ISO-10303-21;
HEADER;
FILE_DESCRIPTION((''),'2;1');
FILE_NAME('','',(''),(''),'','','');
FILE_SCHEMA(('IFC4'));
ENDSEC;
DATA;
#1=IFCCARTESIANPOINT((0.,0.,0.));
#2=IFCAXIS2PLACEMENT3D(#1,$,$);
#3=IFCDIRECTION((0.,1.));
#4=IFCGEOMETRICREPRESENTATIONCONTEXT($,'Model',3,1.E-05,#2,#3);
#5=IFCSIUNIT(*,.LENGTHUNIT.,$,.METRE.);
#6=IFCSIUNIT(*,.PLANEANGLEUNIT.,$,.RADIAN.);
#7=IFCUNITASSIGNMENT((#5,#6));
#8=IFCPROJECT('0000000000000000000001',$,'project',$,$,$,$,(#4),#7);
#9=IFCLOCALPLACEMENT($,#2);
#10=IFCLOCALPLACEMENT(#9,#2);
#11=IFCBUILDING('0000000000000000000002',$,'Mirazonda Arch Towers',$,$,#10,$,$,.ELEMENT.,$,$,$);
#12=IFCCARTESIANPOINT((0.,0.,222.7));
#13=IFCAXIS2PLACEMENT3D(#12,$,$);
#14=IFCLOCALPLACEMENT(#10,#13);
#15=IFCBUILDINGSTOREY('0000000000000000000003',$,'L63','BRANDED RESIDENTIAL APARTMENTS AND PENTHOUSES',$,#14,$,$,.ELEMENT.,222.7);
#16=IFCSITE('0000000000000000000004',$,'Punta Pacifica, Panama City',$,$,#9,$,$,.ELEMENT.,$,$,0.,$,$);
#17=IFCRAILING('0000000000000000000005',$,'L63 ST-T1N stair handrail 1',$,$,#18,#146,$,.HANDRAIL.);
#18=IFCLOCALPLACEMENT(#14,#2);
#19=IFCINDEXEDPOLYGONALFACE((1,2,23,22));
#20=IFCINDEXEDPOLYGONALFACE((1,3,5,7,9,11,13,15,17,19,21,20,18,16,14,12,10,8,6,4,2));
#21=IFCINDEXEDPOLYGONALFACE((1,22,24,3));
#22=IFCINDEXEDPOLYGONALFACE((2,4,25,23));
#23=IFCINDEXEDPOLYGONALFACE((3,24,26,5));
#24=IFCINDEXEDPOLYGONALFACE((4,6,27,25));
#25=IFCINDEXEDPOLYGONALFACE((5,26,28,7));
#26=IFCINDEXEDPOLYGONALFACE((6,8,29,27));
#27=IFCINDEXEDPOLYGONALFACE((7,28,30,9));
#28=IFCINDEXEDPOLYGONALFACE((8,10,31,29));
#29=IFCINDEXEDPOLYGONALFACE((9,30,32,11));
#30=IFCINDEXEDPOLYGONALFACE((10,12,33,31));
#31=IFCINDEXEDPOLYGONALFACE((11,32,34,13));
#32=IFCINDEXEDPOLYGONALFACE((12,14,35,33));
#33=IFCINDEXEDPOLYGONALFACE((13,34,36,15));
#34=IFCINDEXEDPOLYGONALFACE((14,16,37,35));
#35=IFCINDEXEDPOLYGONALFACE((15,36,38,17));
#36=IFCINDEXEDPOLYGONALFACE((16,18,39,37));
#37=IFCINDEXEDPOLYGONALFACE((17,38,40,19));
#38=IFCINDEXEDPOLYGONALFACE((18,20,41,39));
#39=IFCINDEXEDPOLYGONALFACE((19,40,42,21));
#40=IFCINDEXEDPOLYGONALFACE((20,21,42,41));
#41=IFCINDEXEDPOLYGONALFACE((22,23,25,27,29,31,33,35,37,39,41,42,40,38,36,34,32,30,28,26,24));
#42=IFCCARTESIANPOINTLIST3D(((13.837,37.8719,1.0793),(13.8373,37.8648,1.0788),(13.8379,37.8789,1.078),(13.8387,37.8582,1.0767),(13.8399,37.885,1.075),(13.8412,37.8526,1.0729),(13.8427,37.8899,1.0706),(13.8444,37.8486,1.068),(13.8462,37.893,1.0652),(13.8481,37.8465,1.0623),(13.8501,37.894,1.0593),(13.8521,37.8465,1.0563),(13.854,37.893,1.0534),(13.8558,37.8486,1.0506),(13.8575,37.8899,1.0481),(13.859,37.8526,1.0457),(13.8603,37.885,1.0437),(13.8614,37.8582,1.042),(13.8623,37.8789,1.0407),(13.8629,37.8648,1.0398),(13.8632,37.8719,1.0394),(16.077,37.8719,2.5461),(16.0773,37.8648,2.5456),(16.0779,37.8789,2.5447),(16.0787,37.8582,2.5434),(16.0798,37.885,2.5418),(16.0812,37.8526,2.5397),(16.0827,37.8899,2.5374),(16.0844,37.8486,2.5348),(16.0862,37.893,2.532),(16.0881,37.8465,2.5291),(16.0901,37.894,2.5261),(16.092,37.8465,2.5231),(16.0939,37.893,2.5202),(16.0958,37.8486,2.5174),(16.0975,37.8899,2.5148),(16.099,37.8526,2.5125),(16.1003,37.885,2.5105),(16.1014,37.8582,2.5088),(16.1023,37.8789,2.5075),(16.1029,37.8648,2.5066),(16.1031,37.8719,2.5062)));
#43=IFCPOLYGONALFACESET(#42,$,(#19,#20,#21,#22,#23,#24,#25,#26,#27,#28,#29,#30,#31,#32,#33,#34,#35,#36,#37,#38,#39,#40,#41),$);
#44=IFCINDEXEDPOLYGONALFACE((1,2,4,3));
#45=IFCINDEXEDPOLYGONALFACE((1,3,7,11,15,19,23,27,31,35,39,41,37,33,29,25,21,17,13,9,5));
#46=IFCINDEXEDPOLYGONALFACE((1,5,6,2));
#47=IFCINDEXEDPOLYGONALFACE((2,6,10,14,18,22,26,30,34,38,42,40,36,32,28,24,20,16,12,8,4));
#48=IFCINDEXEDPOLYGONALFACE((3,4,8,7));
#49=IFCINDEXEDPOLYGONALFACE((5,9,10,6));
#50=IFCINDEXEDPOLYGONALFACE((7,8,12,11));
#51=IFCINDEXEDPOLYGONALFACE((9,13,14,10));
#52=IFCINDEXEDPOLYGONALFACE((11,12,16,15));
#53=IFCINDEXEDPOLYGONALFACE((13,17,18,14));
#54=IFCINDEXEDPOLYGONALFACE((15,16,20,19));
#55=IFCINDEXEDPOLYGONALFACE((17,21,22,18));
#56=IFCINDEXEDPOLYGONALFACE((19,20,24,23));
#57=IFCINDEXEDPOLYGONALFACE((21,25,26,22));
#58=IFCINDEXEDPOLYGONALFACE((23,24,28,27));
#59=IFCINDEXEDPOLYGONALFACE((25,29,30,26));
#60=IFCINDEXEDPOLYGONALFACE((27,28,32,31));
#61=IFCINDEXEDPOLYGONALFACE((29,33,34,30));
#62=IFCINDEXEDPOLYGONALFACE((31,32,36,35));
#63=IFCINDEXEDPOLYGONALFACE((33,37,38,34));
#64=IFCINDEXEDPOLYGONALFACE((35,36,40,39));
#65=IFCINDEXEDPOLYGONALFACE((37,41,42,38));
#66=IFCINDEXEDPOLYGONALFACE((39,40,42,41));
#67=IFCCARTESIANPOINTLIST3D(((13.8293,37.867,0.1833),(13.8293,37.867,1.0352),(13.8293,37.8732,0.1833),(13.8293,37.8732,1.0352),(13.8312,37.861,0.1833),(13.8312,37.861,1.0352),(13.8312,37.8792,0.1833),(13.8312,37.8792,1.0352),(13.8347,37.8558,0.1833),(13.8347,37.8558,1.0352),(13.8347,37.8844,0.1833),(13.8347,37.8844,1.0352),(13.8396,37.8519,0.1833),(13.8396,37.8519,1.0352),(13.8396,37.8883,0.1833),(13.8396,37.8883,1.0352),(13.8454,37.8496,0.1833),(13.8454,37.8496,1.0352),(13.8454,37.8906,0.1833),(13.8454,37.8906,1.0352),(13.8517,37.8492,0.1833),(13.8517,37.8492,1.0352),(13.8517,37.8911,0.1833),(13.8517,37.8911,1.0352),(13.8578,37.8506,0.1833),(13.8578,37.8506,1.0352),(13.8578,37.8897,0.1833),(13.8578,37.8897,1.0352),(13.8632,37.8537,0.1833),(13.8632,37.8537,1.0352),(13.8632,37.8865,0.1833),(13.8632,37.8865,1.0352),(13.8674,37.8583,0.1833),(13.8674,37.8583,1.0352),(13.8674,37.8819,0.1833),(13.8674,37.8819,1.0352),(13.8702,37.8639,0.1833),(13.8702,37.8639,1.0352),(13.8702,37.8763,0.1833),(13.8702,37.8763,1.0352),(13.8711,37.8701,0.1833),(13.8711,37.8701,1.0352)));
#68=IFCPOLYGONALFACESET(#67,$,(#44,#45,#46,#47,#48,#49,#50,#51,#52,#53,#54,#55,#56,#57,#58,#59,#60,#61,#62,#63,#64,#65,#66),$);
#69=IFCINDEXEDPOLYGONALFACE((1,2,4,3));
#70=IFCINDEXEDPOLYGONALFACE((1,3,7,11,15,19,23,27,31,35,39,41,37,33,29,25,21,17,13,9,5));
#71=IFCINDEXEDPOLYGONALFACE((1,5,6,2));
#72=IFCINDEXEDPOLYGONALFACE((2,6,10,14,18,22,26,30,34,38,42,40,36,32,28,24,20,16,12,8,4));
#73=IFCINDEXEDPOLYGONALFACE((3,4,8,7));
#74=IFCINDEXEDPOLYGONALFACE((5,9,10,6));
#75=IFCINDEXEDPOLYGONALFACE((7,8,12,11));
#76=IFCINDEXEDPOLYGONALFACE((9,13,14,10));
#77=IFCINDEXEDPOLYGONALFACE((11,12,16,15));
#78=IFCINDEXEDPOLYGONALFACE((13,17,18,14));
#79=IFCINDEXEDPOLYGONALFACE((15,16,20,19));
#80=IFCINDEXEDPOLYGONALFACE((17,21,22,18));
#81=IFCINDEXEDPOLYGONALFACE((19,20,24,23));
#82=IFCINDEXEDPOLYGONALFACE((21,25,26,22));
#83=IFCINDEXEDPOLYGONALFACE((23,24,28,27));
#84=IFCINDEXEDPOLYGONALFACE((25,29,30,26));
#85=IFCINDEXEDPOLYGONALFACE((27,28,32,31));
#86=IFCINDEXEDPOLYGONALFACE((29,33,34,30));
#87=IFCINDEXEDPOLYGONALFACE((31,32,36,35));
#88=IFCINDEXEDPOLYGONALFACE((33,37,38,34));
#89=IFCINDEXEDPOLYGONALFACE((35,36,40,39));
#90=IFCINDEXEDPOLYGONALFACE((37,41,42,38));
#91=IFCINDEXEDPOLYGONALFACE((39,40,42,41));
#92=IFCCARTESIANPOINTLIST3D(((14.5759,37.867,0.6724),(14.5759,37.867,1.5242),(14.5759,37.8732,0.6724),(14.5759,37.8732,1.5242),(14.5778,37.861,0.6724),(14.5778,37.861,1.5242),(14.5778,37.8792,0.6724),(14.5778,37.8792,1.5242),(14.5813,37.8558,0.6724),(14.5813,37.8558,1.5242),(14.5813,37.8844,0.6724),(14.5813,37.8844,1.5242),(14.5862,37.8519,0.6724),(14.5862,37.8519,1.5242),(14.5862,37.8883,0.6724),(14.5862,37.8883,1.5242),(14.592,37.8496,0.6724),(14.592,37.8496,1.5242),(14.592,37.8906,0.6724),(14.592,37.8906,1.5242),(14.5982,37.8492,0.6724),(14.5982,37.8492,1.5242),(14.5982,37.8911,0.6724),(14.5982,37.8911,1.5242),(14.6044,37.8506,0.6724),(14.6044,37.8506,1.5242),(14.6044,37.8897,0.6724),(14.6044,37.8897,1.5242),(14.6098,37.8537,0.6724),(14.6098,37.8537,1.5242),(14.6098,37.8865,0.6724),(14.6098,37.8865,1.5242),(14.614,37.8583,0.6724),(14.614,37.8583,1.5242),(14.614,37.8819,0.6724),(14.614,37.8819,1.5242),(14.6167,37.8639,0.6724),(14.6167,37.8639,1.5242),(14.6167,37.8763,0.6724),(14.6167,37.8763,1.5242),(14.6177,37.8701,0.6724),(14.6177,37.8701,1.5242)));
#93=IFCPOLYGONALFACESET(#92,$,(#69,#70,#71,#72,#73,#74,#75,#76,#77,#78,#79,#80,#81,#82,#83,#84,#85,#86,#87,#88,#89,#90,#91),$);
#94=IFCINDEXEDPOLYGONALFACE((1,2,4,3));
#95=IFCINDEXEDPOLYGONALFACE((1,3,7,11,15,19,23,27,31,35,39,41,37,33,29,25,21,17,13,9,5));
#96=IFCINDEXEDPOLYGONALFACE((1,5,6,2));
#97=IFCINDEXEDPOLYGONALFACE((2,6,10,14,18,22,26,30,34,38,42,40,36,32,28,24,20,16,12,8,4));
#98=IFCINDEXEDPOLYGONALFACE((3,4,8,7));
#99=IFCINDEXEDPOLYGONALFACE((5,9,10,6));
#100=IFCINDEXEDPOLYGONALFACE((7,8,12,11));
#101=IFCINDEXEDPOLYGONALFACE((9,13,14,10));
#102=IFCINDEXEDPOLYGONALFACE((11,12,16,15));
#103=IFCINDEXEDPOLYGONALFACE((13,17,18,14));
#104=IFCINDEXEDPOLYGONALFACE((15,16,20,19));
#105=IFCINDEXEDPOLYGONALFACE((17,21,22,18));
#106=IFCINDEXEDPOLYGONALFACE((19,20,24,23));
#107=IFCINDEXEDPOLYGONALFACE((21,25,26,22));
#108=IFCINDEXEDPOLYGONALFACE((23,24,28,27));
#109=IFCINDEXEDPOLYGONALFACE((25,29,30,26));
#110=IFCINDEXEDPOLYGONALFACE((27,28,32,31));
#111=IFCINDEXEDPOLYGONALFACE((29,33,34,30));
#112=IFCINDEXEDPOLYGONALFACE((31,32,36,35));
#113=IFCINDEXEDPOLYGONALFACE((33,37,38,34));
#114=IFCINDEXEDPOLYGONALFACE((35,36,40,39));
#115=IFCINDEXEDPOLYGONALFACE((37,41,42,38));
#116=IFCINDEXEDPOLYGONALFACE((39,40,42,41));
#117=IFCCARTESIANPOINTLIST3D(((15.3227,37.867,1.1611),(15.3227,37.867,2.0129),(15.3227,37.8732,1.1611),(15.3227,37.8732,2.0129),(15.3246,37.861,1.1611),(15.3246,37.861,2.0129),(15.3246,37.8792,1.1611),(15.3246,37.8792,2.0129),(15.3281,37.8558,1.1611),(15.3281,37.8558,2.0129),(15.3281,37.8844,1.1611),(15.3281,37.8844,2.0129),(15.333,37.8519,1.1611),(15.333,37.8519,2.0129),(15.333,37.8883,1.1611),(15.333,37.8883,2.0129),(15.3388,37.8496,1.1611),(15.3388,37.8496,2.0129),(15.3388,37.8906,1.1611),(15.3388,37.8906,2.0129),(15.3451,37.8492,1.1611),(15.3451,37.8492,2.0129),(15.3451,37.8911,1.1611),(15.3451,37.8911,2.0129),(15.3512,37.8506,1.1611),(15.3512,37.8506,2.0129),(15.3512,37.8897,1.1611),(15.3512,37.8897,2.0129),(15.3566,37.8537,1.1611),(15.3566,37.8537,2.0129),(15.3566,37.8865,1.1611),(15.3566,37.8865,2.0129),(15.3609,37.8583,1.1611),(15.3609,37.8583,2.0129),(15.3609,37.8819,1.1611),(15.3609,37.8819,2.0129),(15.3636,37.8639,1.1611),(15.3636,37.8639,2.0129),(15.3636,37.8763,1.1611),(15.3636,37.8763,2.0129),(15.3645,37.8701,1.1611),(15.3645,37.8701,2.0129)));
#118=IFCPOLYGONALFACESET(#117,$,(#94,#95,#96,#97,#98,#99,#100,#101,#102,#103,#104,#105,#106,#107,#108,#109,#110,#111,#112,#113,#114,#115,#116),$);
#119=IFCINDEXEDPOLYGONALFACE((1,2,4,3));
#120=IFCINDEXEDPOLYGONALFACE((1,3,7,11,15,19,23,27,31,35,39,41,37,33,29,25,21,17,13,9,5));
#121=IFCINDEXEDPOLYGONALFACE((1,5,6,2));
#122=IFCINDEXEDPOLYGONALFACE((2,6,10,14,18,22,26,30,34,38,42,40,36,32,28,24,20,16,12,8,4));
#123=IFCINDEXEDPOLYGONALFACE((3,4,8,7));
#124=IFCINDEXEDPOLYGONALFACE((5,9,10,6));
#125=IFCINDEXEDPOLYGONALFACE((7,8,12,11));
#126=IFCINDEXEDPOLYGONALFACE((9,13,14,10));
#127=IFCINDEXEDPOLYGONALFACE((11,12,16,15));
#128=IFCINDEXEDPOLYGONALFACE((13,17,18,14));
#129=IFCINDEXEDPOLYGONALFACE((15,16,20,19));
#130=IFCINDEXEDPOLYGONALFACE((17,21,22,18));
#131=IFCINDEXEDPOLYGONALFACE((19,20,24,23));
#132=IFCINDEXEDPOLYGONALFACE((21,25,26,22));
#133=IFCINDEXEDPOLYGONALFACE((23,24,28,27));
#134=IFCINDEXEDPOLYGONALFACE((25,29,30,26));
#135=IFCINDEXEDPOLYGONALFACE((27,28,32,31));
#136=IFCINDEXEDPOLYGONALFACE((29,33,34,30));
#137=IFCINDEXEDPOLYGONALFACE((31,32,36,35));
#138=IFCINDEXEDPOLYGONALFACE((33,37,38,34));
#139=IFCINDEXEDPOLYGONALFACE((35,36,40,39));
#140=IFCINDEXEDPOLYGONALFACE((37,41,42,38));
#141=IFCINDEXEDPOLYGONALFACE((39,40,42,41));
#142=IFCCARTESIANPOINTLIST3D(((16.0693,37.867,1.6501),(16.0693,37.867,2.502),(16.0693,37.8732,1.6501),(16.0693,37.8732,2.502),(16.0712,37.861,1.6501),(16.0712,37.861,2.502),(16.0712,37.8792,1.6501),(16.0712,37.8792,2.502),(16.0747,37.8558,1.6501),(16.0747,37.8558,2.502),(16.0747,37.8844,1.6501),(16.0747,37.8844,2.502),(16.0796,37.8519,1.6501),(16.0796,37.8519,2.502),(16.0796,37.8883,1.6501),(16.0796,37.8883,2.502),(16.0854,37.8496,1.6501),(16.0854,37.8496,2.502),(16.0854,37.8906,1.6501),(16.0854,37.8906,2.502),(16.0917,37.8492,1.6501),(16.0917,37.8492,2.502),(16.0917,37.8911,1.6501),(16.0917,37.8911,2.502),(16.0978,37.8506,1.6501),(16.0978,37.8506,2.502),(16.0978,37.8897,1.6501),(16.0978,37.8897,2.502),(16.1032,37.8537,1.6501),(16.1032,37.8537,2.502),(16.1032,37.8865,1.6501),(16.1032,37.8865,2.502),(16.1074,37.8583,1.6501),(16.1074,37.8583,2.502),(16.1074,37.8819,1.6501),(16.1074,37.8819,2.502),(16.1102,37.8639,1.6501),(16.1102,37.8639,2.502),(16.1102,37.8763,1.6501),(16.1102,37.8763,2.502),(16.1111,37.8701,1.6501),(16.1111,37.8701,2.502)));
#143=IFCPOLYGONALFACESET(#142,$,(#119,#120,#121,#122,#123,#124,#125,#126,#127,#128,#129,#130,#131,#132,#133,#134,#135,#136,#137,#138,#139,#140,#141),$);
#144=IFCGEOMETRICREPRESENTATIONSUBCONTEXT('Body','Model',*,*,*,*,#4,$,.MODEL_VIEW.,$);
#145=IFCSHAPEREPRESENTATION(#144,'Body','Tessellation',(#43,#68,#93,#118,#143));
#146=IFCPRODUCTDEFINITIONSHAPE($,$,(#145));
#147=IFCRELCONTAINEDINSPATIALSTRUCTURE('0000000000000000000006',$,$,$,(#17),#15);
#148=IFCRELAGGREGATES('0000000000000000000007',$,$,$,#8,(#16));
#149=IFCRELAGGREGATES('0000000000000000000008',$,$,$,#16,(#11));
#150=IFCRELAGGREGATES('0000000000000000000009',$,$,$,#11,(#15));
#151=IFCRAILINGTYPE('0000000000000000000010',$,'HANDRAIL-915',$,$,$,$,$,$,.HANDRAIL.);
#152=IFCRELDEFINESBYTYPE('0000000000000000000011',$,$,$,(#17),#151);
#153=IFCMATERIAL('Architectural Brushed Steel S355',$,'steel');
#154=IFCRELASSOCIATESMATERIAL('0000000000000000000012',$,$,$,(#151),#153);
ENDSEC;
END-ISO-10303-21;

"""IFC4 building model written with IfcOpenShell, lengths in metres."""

from ifc_helpers import new_model, si_unit, direction, frame, origin, origin_2d, place, context, subcontext, project, spatial, circle, extrude, material, type_object, element, save


model = new_model("IFC4")

# Units and contexts
model_context = context("Model", 3, precision=1e-05, world=origin(), true_north=direction((0.0, 1.0)))
body_context = subcontext(model_context, "Body", "Model", "MODEL_VIEW")
ifc_project = project(units=[si_unit("LENGTHUNIT", "METRE"), si_unit("PLANEANGLEUNIT", "RADIAN")], contexts=[model_context])

# Site, building, storey
site_placement = place(None, origin())
site = spatial("IfcSite", under=ifc_project, at=site_placement, Name="Punta Pacifica, Panama City", CompositionType="ELEMENT", RefElevation=0.0)
building_placement = place(site_placement, origin())
building = spatial("IfcBuilding", under=site, at=building_placement, Name="Mirazonda Arch Towers", CompositionType="ELEMENT")
storey_placement = place(building_placement, frame((0.0, 0.0, 222.7)))
storey = spatial("IfcBuildingStorey", under=building, at=storey_placement, Name="L63", Description="BRANDED RESIDENTIAL APARTMENTS AND PENTHOUSES", CompositionType="ELEMENT", Elevation=222.7)

# Shared definitions
ifc_material_1 = material(Name="Architectural Brushed Steel S355", Category="steel")

# Railing
railing_type_1 = type_object("IfcRailingType", Name="HANDRAIL-915", PredefinedType="HANDRAIL", material=ifc_material_1)
railing_1_placement = place(storey_placement, frame((13.8501, 37.8701, 0.1833)))
element("IfcRailing", 1, at=railing_1_placement, inside=storey, type_object=railing_type_1, Name="L63 ST-T1N stair handrail 1", PredefinedType="HANDRAIL", context=body_context, shape_type="SweptSolid", body=[
    extrude(circle(Radius=0.0239, at=origin_2d()), frame((0.0, 0.0, 0.876), z_axis=(0.836595, 0.0, 0.547822), x_axis=(0.0, 1.0, 0.0)), (0.0, 0.0, 1.0), 2.6775),
    extrude(circle(Radius=0.021, at=origin_2d()), origin(), (0.0, 0.0, 1.0), 0.8518),
    extrude(circle(Radius=0.021, at=origin_2d()), frame((0.7466, 0.0, 0.489)), (0.0, 0.0, 1.0), 0.8518),
    extrude(circle(Radius=0.021, at=origin_2d()), frame((1.4934, 0.0, 0.9778)), (0.0, 0.0, 1.0), 0.8518),
    extrude(circle(Radius=0.021, at=origin_2d()), frame((2.24, 0.0, 1.4668)), (0.0, 0.0, 1.0), 0.8518),
])

save(model, "model.ifc")
